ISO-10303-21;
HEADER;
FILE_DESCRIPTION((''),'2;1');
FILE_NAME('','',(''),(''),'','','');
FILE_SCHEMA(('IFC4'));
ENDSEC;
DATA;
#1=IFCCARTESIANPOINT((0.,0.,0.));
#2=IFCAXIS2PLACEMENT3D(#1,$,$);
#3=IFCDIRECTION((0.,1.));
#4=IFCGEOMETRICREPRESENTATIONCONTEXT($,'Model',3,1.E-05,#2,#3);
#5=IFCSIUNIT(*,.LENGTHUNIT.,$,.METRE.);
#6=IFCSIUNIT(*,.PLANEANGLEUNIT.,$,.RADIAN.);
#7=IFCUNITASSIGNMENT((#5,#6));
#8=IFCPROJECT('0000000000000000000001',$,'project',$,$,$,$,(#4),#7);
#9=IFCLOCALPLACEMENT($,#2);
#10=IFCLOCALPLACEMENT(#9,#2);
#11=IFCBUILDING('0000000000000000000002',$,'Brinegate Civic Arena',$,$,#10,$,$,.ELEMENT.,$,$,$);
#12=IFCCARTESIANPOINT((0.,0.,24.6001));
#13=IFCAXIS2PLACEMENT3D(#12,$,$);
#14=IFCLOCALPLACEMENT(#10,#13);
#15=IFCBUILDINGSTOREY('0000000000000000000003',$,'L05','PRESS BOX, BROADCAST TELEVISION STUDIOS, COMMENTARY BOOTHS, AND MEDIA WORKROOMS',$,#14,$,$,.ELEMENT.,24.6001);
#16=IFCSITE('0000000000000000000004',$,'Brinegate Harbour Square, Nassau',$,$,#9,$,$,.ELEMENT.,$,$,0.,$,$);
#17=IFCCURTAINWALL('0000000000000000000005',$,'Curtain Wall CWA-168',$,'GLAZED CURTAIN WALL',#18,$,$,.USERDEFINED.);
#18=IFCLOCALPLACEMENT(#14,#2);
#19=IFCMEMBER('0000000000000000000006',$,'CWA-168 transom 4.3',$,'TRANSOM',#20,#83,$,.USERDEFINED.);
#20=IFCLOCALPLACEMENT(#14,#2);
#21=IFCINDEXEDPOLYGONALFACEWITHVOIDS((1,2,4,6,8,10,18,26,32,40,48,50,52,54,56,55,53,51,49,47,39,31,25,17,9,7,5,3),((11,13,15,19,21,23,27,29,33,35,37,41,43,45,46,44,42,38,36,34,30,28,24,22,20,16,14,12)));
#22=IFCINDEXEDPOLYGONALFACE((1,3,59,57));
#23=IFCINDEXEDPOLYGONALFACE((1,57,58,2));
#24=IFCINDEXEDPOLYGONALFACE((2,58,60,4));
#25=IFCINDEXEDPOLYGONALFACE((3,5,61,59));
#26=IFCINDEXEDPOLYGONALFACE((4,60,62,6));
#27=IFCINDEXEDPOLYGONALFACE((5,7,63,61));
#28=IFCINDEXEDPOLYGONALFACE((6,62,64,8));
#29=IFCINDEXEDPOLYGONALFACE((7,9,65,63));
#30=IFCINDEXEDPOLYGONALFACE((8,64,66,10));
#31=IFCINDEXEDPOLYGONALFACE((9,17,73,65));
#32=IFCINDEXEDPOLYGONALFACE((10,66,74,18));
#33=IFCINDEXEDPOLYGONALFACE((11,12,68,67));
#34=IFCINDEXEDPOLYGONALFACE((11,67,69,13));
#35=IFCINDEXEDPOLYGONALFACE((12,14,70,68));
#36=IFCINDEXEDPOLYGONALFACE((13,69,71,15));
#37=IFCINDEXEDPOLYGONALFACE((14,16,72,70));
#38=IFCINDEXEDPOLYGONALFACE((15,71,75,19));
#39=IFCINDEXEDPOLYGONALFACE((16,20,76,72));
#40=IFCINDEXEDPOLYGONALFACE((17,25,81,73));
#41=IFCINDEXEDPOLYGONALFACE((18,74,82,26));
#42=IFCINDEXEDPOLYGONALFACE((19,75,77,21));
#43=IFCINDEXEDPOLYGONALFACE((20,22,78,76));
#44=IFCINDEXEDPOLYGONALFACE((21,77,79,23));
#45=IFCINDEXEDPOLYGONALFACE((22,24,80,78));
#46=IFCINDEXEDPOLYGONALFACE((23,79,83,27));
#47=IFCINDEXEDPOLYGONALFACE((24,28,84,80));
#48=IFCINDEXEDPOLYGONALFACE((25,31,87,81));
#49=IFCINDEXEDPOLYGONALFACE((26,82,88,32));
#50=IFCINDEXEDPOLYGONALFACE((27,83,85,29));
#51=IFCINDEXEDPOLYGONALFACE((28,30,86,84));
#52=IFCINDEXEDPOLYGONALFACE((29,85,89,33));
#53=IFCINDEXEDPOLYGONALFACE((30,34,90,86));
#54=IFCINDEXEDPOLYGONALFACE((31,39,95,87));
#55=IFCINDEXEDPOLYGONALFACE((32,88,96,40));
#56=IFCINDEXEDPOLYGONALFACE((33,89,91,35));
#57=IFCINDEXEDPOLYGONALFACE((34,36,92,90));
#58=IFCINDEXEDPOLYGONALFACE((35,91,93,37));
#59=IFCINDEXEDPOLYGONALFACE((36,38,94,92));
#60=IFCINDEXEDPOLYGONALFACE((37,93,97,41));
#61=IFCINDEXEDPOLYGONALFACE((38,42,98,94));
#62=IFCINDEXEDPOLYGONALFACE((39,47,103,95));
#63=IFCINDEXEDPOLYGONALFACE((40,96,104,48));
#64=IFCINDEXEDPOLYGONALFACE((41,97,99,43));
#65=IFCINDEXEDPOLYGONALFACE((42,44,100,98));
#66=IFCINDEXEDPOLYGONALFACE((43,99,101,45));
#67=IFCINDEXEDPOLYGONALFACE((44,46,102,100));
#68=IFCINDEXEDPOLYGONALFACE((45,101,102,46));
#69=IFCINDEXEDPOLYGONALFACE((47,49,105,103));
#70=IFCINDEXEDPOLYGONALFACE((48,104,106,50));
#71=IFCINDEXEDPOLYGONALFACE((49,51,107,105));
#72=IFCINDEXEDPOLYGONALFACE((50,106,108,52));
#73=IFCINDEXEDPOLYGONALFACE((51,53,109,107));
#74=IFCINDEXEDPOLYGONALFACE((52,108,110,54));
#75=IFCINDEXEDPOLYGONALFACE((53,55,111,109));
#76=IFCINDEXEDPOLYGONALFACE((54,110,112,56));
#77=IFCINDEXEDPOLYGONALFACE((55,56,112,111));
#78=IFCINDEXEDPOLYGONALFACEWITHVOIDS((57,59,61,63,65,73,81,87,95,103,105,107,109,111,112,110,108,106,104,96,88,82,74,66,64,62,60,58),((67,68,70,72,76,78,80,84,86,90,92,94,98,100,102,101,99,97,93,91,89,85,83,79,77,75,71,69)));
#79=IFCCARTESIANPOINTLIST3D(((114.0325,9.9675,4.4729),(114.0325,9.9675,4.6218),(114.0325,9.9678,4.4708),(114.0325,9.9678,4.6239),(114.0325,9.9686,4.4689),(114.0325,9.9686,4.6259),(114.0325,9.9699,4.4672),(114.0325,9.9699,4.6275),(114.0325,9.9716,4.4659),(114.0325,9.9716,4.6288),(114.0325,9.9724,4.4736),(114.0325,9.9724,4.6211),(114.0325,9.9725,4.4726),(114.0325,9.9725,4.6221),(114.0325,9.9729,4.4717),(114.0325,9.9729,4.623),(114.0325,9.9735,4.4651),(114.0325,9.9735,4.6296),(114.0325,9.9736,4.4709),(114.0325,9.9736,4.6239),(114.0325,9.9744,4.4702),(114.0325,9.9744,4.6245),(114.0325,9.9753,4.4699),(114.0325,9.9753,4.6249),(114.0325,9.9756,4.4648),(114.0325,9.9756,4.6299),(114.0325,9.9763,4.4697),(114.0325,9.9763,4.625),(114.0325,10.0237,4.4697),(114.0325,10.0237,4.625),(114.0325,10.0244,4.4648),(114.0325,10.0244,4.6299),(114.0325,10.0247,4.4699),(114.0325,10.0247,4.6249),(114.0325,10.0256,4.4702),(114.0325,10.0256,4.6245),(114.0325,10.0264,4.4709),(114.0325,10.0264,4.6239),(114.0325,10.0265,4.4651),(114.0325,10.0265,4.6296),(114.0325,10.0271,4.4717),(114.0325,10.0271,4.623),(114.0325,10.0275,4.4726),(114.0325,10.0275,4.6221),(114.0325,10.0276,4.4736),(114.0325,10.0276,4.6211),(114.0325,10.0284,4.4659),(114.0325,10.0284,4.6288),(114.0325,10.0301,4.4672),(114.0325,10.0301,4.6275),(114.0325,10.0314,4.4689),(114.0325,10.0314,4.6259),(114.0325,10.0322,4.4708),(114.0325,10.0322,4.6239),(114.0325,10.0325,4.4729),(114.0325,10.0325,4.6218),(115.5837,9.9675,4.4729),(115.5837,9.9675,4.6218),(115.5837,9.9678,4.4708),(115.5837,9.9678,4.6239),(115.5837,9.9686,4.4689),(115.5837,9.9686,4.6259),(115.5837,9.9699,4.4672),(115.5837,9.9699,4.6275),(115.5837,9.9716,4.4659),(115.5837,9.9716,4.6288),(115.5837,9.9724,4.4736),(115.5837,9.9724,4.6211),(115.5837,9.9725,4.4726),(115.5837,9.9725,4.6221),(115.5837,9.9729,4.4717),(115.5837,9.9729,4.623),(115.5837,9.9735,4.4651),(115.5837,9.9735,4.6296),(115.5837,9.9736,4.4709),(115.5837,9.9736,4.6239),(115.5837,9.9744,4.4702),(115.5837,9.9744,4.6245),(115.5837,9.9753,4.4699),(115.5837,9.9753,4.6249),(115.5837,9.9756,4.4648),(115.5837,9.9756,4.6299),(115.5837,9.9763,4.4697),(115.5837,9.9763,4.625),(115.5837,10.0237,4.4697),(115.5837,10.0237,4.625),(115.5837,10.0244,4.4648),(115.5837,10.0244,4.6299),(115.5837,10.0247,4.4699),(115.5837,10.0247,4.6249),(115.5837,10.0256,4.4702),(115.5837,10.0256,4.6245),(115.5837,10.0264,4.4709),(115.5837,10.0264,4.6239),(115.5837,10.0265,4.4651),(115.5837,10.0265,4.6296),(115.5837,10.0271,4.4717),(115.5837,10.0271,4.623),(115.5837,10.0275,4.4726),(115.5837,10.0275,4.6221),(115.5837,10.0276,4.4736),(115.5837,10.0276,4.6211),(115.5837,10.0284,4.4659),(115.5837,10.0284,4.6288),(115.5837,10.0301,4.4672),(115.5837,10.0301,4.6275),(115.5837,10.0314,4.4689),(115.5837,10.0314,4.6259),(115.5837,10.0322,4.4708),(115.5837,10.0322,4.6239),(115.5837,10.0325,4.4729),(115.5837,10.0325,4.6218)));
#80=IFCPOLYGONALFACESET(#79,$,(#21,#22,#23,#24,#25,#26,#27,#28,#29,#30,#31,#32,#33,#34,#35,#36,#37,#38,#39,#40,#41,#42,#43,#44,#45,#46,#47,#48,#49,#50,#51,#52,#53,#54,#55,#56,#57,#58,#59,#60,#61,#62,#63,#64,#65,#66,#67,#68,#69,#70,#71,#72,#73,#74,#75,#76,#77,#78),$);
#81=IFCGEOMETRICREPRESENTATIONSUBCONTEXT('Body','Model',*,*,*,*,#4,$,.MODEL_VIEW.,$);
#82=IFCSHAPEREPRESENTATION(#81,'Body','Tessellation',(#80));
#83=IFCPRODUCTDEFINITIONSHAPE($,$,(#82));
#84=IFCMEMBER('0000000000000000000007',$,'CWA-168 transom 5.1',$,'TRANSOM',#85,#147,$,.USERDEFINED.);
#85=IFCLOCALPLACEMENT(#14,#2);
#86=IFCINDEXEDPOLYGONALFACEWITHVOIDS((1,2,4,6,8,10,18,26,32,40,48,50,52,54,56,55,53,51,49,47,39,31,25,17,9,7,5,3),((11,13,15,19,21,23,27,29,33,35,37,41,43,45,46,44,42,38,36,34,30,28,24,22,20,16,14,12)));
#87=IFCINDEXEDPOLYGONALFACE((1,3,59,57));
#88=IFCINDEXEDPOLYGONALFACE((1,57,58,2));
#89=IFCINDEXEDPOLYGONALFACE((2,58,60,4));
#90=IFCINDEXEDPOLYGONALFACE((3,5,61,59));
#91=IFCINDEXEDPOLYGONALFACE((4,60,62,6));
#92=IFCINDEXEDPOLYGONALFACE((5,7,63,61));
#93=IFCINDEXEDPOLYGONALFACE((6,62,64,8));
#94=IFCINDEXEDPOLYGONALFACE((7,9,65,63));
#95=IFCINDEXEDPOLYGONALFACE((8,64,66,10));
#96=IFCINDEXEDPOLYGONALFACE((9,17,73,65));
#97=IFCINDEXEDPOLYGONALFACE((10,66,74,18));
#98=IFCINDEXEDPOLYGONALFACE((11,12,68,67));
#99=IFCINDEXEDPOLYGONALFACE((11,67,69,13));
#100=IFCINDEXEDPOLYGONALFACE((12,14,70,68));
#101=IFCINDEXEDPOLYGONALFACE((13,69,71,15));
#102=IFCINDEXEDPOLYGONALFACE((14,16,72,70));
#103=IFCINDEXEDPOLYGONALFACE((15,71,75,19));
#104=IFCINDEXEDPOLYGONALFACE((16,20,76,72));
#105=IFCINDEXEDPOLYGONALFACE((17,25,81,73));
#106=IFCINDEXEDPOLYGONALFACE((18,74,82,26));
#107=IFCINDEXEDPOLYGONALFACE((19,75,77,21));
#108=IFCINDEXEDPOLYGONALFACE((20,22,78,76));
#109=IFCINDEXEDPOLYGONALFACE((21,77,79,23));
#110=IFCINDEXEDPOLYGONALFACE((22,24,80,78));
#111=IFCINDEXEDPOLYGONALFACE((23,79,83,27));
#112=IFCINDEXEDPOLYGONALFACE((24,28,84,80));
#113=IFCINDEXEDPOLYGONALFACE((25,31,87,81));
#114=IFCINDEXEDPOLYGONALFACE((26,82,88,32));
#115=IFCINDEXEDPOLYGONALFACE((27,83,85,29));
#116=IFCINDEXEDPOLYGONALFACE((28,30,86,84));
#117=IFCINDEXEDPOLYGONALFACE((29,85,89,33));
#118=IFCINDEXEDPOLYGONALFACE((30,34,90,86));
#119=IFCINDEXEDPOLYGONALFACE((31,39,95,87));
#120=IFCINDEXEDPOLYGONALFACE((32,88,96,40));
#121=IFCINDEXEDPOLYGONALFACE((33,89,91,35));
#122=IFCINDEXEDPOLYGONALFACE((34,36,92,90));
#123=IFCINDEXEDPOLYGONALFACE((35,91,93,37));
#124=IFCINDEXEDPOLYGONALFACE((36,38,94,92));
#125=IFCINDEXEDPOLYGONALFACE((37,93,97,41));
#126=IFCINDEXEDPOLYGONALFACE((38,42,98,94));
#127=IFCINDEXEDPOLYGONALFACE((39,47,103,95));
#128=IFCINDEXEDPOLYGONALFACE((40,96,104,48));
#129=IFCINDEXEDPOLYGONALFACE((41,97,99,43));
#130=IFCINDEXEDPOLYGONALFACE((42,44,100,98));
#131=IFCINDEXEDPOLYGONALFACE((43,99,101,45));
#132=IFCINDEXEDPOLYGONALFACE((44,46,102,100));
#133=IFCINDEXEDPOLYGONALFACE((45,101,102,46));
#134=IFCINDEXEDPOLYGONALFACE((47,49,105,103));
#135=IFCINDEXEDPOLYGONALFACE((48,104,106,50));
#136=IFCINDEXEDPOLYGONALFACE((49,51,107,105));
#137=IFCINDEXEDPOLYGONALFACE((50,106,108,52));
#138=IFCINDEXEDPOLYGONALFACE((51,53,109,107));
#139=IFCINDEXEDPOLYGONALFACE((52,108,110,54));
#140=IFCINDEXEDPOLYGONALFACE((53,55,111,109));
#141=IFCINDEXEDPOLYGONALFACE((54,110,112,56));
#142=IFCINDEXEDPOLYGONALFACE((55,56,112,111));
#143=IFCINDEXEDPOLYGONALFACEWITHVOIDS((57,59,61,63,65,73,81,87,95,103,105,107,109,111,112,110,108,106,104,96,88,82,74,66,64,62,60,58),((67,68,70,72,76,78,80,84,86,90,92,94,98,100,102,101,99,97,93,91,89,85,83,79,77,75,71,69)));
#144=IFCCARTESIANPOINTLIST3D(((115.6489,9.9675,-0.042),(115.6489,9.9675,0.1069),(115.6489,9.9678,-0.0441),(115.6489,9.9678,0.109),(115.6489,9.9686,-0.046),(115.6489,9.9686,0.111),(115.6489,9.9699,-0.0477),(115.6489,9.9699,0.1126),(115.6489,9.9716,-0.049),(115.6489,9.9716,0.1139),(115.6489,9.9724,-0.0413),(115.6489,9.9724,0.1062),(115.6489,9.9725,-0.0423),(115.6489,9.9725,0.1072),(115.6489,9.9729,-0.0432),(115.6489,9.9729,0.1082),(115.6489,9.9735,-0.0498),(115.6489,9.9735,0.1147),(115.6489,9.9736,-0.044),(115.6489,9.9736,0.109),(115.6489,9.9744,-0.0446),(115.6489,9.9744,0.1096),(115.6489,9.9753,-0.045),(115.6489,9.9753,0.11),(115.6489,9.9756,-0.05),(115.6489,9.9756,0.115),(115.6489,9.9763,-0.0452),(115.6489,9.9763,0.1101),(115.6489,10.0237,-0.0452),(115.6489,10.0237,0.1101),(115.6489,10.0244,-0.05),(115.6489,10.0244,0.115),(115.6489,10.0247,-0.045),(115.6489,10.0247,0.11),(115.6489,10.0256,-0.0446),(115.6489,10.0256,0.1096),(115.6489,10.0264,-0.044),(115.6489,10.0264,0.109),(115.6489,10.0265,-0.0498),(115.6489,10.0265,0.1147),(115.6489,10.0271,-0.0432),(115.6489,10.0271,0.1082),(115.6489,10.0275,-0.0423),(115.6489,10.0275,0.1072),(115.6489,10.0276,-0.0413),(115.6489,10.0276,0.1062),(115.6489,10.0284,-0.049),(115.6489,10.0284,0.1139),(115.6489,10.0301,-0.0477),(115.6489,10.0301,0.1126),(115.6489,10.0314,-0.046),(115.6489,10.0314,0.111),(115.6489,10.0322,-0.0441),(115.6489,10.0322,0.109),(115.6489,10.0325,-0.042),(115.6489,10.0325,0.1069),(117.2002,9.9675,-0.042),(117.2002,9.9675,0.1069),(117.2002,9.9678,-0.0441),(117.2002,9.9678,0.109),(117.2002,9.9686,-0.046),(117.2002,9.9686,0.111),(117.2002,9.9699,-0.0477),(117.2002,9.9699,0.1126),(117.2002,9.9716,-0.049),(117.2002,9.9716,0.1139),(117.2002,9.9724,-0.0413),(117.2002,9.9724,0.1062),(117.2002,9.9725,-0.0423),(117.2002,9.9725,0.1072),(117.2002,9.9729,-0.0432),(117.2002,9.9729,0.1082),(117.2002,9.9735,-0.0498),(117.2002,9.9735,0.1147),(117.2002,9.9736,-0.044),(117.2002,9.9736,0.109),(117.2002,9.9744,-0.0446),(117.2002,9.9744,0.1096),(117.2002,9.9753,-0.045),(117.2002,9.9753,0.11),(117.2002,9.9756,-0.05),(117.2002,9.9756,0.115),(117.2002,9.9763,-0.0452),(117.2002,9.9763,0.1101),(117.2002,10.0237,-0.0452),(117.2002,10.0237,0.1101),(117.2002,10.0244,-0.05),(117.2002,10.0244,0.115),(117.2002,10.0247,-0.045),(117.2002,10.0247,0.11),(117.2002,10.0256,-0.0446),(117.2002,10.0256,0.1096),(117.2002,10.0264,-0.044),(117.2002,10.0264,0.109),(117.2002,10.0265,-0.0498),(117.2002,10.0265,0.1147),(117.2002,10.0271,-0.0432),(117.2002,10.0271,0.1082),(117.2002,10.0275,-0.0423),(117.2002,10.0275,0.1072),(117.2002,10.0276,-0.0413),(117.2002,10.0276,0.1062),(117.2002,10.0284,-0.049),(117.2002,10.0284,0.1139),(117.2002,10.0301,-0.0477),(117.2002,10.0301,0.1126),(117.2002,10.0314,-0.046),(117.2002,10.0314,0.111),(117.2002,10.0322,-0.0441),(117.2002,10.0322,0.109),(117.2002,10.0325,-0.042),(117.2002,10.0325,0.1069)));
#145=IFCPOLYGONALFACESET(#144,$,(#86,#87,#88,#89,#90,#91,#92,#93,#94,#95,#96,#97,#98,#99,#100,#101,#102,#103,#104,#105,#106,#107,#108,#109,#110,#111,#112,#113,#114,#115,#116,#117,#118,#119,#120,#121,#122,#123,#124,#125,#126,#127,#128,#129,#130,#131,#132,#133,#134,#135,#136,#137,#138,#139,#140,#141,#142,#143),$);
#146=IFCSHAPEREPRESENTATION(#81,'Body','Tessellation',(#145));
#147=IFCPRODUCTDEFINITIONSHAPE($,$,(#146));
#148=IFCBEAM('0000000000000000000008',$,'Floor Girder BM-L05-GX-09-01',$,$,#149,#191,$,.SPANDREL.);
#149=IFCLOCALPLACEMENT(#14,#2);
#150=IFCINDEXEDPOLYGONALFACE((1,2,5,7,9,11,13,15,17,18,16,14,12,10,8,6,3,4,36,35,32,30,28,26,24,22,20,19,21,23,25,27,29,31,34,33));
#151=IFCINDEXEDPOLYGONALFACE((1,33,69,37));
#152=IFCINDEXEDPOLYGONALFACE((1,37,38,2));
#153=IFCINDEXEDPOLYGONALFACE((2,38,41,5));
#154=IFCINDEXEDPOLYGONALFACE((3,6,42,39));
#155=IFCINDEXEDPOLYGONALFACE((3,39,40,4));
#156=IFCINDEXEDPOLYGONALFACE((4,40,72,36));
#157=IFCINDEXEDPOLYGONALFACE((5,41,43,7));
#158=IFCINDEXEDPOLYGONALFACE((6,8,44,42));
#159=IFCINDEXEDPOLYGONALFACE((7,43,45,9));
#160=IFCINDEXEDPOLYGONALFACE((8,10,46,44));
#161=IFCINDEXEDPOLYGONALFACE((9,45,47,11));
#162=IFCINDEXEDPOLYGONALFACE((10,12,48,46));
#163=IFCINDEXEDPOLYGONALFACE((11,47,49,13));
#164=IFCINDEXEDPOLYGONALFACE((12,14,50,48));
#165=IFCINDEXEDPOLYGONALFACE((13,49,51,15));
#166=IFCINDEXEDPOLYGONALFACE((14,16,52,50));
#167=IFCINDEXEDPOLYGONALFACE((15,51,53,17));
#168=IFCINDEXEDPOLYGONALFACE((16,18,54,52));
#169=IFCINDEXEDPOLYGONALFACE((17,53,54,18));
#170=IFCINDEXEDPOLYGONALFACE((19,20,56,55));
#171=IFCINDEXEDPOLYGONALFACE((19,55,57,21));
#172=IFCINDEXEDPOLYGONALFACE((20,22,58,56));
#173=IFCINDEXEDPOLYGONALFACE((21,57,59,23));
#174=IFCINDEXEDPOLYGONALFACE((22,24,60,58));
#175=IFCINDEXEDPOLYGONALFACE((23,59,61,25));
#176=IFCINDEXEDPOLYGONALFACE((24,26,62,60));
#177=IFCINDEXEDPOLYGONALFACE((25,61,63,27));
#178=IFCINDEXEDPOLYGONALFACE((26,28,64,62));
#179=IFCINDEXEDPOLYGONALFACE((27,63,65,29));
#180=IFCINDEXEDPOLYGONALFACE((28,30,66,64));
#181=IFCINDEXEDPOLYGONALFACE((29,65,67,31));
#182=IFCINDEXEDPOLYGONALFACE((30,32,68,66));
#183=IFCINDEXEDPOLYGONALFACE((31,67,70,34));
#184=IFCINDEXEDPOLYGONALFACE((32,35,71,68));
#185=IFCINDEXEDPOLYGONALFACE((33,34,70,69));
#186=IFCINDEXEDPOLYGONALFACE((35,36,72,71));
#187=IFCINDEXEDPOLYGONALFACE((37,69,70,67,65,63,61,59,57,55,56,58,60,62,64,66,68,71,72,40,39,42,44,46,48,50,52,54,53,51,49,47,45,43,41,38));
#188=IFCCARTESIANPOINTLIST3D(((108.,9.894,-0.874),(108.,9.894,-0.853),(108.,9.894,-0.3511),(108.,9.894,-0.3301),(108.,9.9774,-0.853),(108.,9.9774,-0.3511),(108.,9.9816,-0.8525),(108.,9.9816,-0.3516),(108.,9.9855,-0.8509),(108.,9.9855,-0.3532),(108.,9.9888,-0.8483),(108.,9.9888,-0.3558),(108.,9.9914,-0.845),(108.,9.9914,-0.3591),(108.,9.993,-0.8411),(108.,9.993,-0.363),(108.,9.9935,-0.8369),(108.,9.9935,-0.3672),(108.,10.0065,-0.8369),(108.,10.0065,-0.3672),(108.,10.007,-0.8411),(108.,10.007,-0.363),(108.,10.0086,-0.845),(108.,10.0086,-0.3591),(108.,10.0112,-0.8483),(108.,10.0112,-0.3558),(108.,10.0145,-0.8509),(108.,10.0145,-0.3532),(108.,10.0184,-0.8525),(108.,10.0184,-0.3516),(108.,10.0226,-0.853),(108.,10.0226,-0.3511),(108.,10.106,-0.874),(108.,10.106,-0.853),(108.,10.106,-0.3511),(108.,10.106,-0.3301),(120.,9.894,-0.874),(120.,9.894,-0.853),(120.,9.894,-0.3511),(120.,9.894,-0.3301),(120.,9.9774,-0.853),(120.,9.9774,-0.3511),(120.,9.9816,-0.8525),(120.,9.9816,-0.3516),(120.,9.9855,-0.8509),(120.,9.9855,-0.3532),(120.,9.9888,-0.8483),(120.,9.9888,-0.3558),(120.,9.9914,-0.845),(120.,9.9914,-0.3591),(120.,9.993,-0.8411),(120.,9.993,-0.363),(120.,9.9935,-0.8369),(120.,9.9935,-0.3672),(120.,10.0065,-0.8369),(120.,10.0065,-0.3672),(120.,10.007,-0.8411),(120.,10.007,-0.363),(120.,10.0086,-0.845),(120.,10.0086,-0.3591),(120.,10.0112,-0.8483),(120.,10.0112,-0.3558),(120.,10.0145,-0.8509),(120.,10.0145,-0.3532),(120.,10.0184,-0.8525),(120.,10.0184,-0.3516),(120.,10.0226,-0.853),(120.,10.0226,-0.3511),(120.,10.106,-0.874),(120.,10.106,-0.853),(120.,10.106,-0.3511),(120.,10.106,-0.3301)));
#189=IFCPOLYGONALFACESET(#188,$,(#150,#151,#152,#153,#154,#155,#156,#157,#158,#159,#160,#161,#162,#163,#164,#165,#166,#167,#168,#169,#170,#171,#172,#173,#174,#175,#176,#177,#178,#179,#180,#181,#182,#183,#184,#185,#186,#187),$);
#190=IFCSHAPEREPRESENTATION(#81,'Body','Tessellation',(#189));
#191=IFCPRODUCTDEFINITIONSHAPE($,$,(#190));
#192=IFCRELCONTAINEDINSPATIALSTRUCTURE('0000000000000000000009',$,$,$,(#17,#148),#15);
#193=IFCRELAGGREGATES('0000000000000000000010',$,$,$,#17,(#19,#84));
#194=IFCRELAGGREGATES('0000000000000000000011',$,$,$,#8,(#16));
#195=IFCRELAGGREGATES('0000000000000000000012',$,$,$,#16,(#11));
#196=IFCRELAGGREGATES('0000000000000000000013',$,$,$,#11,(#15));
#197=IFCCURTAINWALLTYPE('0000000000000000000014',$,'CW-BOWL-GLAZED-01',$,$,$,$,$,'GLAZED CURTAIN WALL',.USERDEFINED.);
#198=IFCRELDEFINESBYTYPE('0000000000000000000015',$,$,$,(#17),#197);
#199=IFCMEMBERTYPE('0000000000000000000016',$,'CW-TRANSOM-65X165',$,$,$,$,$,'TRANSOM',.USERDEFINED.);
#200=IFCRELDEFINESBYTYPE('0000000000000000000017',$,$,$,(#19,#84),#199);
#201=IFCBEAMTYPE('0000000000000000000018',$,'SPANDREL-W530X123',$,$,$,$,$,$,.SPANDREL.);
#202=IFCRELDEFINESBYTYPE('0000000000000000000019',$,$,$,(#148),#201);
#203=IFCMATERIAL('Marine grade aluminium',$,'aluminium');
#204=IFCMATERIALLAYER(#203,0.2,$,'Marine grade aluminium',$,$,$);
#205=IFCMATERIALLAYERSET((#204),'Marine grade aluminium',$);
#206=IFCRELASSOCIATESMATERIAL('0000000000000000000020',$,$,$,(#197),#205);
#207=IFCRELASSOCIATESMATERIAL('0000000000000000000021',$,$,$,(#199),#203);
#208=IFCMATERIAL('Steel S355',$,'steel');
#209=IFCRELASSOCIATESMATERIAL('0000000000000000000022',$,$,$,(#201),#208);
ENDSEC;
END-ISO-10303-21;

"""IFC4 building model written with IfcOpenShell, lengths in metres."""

from ifc_helpers import new_model, si_unit, direction, frame, origin, origin_2d, place, context, subcontext, project, spatial, hollow_rectangle, i_section, extrude, material, layer, layer_set, material_profile, profile_set, type_object, element, aggregate, save


model = new_model("IFC4")

# Units and contexts
model_context = context("Model", 3, precision=1e-05, world=origin(), true_north=direction((0.0, 1.0)))
body_context = subcontext(model_context, "Body", "Model", "MODEL_VIEW")
ifc_project = project(units=[si_unit("LENGTHUNIT", "METRE"), si_unit("PLANEANGLEUNIT", "RADIAN")], contexts=[model_context])

# Site, building, storey
site_placement = place(None, origin())
site = spatial("IfcSite", under=ifc_project, at=site_placement, Name="Brinegate Harbour Square, Nassau", CompositionType="ELEMENT", RefElevation=0.0)
building_placement = place(site_placement, origin())
building = spatial("IfcBuilding", under=site, at=building_placement, Name="Brinegate Civic Arena", CompositionType="ELEMENT")
storey_placement = place(building_placement, frame((0.0, 0.0, 24.6001)))
storey = spatial("IfcBuildingStorey", under=building, at=storey_placement, Name="L05", Description="PRESS BOX, BROADCAST TELEVISION STUDIOS, COMMENTARY BOOTHS, AND MEDIA WORKROOMS", CompositionType="ELEMENT", Elevation=24.6001)

# Curtain wall, members
ifc_material_1 = material(Name="Marine grade aluminium", Category="aluminium")
ifc_layer_1 = layer(ifc_material_1, 0.2, Name="Marine grade aluminium")
ifc_layer_set_1 = layer_set([ifc_layer_1], Name="Marine grade aluminium")
curtain_wall_type = type_object("IfcCurtainWallType", Name="CW-BOWL-GLAZED-01", ElementType="GLAZED CURTAIN WALL", PredefinedType="USERDEFINED", material=ifc_layer_set_1)
curtain_wall_placement = place(storey_placement, origin())
curtain_wall = element("IfcCurtainWall", 1, at=curtain_wall_placement, inside=storey, type_object=curtain_wall_type, Name="Curtain Wall CWA-168", ObjectType="GLAZED CURTAIN WALL", PredefinedType="USERDEFINED")
ifc_material_profile_1 = material_profile(ifc_material_1, hollow_rectangle(XDim=0.0649, YDim=0.165, WallThickness=0.0049, InnerFilletRadius=0.0039, OuterFilletRadius=0.0081, at=origin_2d()), Name="TRN65X165")
ifc_profile_set_1 = profile_set([ifc_material_profile_1], Name="Marine grade aluminium")
member_type_1 = type_object("IfcMemberType", Name="CW-TRANSOM-65X165", ElementType="TRANSOM", PredefinedType="USERDEFINED", material=ifc_profile_set_1)
member_1_placement = place(storey_placement, frame((114.0325, 10.0, 4.5474), z_axis=(1.0, 0.0, 0.0), x_axis=(0.0, 1.0, 0.0)))
member_1 = element("IfcMember", 2, at=member_1_placement, type_object=member_type_1, Name="CWA-168 transom 4.3", ObjectType="TRANSOM", PredefinedType="USERDEFINED", context=body_context, shape_type="SweptSolid", body=[
    extrude(hollow_rectangle(XDim=0.0649, YDim=0.165, WallThickness=0.0049, InnerFilletRadius=0.0039, OuterFilletRadius=0.0081, at=origin_2d()), origin(), (0.0, 0.0, 1.0), 1.5513),
])
member_2_placement = place(storey_placement, frame((115.6489, 10.0, 0.0325), z_axis=(1.0, 0.0, 0.0), x_axis=(0.0, 1.0, 0.0)))
member_2 = element("IfcMember", 3, at=member_2_placement, type_object=member_type_1, Name="CWA-168 transom 5.1", ObjectType="TRANSOM", PredefinedType="USERDEFINED", context=body_context, shape_type="SweptSolid", body=[
    extrude(hollow_rectangle(XDim=0.0649, YDim=0.165, WallThickness=0.0049, InnerFilletRadius=0.0039, OuterFilletRadius=0.0081, at=origin_2d()), origin(), (0.0, 0.0, 1.0), 1.5513),
])

# Beam
ifc_material_2 = material(Name="Steel S355", Category="steel")
ifc_material_profile_2 = material_profile(ifc_material_2, i_section(OverallWidth=0.2119, OverallDepth=0.5439, WebThickness=0.0129, FlangeThickness=0.021, FilletRadius=0.0161, at=origin_2d()), Name="W530X123")
ifc_profile_set_2 = profile_set([ifc_material_profile_2], Name="Steel S355")
beam_type = type_object("IfcBeamType", Name="SPANDREL-W530X123", PredefinedType="SPANDREL", material=ifc_profile_set_2)
beam_placement = place(storey_placement, frame((108.0, 10.0, -0.6021), z_axis=(1.0, 0.0, 0.0), x_axis=(0.0, 1.0, 0.0)))
element("IfcBeam", 4, at=beam_placement, inside=storey, type_object=beam_type, Name="Floor Girder BM-L05-GX-09-01", PredefinedType="SPANDREL", context=body_context, shape_type="SweptSolid", body=[
    extrude(i_section(OverallWidth=0.2119, OverallDepth=0.5439, WebThickness=0.0129, FlangeThickness=0.021, FilletRadius=0.0161, at=origin_2d()), origin(), (0.0, 0.0, 1.0), 12.0),
])

aggregate(curtain_wall, [member_1, member_2])

save(model, "model.ifc")
